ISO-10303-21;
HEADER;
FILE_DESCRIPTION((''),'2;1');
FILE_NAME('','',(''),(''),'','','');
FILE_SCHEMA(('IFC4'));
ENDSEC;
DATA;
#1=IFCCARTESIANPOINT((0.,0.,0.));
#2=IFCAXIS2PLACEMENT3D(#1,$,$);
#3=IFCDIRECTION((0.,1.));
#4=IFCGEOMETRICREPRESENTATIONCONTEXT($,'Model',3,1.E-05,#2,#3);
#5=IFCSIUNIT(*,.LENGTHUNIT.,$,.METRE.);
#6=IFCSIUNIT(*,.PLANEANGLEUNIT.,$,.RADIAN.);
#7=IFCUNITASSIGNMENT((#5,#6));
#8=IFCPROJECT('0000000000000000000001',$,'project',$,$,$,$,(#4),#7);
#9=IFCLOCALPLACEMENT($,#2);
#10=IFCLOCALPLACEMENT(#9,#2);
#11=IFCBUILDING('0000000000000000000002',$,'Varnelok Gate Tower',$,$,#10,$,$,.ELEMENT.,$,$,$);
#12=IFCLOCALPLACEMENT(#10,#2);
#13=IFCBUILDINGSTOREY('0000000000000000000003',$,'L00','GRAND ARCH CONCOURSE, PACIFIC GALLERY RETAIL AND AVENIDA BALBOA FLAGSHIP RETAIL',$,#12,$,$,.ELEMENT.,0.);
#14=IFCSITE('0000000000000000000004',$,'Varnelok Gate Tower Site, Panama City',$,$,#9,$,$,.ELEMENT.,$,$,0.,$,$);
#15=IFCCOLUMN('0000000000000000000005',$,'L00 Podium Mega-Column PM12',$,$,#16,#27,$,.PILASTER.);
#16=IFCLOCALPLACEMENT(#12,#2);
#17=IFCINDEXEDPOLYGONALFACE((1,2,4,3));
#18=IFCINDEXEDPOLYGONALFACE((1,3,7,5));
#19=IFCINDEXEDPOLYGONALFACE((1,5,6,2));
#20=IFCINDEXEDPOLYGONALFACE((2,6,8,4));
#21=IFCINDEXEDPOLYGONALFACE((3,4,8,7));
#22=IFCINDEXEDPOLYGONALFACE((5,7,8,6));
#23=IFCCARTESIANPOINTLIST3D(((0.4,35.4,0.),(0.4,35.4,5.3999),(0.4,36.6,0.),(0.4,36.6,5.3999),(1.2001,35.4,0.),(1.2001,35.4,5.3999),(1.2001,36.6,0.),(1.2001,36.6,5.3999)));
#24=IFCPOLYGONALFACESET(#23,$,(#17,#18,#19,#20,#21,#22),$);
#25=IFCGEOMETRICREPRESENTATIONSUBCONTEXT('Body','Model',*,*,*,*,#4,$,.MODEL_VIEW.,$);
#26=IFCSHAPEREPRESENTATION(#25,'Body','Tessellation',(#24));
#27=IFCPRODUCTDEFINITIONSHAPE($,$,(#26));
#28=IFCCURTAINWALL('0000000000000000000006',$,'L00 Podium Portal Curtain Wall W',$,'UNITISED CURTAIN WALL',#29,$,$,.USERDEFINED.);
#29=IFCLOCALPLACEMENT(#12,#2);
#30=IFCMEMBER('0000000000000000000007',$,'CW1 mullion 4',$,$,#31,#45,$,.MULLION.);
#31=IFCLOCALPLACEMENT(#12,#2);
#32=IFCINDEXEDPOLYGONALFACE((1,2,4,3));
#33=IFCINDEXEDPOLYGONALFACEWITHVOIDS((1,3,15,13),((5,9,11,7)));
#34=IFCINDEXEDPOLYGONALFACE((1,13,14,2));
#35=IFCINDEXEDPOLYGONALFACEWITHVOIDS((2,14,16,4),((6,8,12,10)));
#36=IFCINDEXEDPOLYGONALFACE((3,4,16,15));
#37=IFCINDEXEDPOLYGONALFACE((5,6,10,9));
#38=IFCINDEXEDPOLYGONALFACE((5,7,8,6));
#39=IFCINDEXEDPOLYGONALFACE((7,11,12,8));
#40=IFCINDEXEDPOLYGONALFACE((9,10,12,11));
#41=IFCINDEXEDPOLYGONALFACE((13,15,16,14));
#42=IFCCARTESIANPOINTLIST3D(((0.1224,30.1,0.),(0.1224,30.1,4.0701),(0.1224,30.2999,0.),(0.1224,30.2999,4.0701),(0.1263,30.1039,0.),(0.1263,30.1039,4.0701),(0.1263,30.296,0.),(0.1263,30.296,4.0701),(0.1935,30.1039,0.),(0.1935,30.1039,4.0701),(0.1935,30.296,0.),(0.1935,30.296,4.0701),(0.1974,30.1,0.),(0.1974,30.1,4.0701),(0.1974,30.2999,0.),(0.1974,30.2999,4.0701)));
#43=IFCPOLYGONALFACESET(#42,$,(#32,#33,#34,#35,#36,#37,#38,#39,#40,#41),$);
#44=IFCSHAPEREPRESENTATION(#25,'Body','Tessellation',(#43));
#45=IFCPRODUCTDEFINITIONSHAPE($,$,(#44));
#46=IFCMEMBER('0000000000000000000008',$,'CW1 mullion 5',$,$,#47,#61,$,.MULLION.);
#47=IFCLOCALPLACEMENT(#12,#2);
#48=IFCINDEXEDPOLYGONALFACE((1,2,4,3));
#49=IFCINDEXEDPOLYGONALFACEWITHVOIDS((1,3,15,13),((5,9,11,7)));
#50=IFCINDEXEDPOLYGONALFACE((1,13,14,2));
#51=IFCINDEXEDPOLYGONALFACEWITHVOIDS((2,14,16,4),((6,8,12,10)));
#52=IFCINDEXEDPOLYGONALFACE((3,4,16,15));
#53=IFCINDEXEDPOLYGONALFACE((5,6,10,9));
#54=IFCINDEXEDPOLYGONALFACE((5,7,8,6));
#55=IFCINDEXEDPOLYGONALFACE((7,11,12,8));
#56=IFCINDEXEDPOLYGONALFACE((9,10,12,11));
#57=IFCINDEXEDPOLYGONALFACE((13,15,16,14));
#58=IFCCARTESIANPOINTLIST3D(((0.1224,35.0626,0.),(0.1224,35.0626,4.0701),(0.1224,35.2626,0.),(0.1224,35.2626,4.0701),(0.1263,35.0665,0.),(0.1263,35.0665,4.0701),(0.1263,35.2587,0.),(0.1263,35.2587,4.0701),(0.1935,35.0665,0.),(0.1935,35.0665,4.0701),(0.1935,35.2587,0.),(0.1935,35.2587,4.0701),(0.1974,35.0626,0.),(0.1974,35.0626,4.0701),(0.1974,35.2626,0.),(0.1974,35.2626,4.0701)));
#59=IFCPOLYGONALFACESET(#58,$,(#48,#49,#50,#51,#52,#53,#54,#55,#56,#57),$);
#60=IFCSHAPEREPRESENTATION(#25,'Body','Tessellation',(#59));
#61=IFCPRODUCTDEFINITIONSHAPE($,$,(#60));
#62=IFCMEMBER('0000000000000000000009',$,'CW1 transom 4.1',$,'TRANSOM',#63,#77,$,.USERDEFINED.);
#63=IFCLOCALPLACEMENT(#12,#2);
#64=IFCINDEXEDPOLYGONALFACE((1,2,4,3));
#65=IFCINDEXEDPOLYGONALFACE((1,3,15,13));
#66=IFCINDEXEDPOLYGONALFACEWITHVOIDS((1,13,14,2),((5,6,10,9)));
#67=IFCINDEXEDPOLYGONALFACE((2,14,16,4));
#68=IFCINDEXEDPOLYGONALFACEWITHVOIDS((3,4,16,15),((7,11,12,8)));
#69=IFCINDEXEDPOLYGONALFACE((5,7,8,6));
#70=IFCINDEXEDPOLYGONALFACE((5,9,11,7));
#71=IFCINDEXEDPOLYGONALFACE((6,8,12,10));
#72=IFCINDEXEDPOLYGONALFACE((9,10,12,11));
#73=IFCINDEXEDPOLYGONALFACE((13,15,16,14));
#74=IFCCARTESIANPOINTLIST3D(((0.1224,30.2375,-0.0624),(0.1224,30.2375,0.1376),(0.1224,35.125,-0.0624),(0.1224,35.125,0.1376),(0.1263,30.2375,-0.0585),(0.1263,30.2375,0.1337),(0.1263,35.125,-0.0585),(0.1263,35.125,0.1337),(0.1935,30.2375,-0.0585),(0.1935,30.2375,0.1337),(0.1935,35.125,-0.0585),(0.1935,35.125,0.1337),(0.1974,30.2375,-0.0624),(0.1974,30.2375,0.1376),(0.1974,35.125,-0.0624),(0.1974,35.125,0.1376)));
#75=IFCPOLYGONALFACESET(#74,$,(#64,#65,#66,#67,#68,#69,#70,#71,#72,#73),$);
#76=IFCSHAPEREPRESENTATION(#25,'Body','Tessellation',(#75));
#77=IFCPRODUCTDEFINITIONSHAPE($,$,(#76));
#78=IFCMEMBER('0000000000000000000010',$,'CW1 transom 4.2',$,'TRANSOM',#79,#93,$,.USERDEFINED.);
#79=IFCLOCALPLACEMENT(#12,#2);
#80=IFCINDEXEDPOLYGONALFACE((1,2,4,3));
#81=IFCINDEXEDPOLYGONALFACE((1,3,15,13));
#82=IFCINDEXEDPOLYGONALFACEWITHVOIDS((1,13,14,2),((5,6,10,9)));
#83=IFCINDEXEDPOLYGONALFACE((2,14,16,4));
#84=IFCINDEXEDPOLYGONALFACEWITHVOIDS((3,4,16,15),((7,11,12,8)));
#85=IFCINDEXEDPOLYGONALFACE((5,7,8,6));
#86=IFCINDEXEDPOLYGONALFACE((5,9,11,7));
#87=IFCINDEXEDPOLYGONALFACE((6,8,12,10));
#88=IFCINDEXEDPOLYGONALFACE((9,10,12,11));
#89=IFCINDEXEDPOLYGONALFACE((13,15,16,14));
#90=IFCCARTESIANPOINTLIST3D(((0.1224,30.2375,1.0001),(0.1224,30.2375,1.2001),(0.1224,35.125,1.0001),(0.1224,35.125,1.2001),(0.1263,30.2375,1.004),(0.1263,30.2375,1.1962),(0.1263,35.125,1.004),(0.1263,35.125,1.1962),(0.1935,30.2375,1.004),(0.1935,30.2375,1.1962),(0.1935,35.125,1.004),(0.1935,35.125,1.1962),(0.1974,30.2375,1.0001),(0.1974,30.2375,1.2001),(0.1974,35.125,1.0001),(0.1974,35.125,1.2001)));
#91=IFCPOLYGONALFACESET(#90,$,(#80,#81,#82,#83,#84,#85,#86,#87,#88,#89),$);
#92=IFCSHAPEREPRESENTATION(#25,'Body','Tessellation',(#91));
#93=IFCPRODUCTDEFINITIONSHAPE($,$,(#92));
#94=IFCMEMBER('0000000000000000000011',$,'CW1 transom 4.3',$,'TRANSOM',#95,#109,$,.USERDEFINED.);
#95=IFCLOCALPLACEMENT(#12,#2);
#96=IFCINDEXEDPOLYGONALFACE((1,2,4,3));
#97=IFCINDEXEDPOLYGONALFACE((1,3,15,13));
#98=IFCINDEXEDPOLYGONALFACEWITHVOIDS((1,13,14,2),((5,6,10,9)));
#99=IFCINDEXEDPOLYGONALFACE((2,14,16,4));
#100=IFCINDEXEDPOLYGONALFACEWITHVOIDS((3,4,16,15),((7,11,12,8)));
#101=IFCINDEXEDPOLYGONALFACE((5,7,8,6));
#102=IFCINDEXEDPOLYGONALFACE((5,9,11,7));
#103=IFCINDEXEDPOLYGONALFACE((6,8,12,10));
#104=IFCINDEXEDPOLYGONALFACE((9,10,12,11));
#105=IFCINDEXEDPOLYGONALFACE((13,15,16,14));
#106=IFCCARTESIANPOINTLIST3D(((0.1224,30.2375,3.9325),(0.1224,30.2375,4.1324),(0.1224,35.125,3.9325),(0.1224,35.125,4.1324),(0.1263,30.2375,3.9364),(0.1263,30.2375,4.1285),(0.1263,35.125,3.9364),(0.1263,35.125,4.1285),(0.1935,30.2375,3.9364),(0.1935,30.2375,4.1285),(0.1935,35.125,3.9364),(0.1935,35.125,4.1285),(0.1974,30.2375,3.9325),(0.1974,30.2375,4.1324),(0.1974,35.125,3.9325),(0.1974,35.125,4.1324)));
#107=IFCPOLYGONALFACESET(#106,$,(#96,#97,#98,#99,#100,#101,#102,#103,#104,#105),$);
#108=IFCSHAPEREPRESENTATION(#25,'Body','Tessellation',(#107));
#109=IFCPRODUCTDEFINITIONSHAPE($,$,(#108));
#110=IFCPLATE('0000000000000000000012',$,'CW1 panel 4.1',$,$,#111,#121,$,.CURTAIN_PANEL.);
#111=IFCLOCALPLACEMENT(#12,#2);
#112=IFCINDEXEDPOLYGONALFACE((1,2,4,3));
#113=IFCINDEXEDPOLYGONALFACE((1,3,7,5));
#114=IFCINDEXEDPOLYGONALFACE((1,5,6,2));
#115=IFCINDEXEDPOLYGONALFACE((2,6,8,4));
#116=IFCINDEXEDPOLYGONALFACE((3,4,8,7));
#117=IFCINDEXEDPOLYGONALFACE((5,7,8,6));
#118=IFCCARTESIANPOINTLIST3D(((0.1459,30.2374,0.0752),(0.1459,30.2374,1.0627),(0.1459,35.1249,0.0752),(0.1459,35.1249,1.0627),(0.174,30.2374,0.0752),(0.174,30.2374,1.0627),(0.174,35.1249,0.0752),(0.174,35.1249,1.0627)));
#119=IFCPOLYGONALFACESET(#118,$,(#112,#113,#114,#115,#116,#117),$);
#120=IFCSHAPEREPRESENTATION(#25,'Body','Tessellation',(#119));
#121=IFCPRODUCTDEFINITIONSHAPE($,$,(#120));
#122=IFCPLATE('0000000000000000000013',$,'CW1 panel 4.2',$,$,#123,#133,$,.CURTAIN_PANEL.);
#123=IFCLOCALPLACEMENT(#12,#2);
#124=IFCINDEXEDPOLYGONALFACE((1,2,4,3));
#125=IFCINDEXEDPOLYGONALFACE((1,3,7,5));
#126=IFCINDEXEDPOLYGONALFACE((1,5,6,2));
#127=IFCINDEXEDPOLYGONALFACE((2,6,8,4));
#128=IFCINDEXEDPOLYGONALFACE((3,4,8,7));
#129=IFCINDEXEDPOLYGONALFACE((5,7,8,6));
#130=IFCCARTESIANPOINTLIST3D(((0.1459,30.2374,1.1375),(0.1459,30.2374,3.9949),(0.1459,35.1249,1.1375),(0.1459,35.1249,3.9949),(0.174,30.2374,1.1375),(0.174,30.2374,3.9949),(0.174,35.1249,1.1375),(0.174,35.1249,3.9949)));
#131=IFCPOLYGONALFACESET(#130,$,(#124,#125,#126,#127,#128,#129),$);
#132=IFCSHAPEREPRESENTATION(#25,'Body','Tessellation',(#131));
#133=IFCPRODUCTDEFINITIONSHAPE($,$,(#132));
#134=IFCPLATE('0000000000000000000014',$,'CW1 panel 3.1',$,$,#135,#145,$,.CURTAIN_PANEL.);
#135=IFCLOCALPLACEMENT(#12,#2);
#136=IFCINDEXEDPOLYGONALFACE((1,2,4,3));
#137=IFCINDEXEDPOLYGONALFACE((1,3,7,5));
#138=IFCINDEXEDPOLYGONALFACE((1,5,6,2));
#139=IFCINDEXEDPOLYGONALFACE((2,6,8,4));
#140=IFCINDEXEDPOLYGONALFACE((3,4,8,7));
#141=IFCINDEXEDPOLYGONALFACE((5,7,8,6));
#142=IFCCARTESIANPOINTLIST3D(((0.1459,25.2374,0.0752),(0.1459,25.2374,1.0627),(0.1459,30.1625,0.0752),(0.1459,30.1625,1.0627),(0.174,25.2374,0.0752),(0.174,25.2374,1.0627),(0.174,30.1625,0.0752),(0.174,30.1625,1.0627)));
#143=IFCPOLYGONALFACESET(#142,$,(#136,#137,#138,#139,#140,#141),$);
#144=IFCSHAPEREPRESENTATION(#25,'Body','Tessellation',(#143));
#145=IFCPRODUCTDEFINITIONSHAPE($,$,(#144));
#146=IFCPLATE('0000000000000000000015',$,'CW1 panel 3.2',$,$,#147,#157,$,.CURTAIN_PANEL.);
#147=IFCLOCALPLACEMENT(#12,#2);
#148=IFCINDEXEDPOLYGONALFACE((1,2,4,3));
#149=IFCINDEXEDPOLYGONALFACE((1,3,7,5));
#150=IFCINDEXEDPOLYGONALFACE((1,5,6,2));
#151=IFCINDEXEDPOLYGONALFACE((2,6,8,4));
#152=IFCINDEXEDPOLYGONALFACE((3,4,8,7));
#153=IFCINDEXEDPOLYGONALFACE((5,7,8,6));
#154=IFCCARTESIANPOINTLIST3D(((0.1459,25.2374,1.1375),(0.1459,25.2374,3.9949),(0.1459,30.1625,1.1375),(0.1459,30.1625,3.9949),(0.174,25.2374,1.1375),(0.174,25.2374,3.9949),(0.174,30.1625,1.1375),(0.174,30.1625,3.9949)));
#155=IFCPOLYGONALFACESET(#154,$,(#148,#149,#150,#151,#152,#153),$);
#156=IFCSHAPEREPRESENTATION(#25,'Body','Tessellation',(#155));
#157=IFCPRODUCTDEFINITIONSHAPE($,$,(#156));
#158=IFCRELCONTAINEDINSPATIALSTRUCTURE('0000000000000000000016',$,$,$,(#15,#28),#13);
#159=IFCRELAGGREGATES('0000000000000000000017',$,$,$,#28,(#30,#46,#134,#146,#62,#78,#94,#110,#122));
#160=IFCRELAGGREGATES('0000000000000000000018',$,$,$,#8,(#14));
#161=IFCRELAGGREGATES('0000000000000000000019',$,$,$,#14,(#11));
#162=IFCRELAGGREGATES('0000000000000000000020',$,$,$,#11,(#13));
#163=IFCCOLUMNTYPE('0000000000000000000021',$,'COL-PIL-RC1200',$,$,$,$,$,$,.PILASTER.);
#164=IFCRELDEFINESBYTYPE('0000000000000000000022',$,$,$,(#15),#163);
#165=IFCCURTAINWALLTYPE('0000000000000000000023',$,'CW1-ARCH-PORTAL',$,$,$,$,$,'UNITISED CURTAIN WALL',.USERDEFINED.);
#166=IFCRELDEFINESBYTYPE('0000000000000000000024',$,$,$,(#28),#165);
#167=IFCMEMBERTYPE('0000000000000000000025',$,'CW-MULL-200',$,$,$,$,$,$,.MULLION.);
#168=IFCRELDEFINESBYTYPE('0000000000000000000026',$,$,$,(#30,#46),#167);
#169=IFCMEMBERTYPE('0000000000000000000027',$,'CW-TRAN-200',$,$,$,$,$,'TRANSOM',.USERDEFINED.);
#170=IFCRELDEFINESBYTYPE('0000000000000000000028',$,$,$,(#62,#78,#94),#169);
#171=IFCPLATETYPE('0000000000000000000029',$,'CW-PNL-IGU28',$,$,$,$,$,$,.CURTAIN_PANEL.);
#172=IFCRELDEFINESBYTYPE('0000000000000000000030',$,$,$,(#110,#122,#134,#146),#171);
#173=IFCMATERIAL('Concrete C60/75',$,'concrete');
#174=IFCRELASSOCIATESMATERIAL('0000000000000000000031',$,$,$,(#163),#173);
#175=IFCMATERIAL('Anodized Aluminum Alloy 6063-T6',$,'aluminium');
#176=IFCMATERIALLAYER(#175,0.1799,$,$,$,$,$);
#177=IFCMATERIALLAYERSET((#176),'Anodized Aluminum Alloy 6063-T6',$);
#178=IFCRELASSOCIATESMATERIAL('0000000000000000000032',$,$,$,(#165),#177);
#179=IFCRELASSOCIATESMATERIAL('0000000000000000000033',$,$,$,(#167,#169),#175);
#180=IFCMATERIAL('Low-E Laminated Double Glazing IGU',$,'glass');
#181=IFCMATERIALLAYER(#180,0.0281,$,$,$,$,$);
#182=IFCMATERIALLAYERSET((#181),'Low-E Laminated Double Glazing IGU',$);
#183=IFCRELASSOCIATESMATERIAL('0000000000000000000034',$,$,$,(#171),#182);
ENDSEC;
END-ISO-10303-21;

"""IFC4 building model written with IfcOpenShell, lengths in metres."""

from ifc_helpers import new_model, si_unit, direction, frame, origin, origin_2d, place, context, subcontext, project, spatial, rectangle, hollow_rectangle, extrude, source, transform, mapped, material, layer, layer_set, material_profile, profile_set, type_object, element, aggregate, save


model = new_model("IFC4")

# Units and contexts
model_context = context("Model", 3, precision=1e-05, world=origin(), true_north=direction((0.0, 1.0)))
body_context = subcontext(model_context, "Body", "Model", "MODEL_VIEW")
ifc_project = project(units=[si_unit("LENGTHUNIT", "METRE"), si_unit("PLANEANGLEUNIT", "RADIAN")], contexts=[model_context])

# Site, building, storey
site_placement = place(None, origin())
site = spatial("IfcSite", under=ifc_project, at=site_placement, Name="Varnelok Gate Tower Site, Panama City", CompositionType="ELEMENT", RefElevation=0.0)
building_placement = place(site_placement, origin())
building = spatial("IfcBuilding", under=site, at=building_placement, Name="Varnelok Gate Tower", CompositionType="ELEMENT")
storey_placement = place(building_placement, origin())
storey = spatial("IfcBuildingStorey", under=building, at=storey_placement, Name="L00", Description="GRAND ARCH CONCOURSE, PACIFIC GALLERY RETAIL AND AVENIDA BALBOA FLAGSHIP RETAIL", CompositionType="ELEMENT", Elevation=0.0)

# Column
ifc_material_1 = material(Name="Concrete C60/75", Category="concrete")
ifc_material_profile_1 = material_profile(ifc_material_1, rectangle(XDim=0.8, YDim=1.2, at=origin_2d()), Name="RC1200X800")
ifc_profile_set_1 = profile_set([ifc_material_profile_1], Name="Concrete C60/75")
column_type = type_object("IfcColumnType", Name="COL-PIL-RC1200", PredefinedType="PILASTER", material=ifc_profile_set_1)
column_placement = place(storey_placement, frame((0.8, 36.0, 0.0), z_axis=(0.0, 0.0, 1.0), x_axis=(1.0, 0.0, 0.0)))
element("IfcColumn", 1, at=column_placement, inside=storey, type_object=column_type, Name="L00 Podium Mega-Column PM12", PredefinedType="PILASTER", context=body_context, shape_type="SweptSolid", body=[
    extrude(rectangle(XDim=0.8, YDim=1.2, at=origin_2d()), origin(), (0.0, 0.0, 1.0), 5.3999),
])

# Curtain wall, members, plates
ifc_material_2 = material(Name="Anodized Aluminum Alloy 6063-T6", Category="aluminium")
ifc_layer_1 = layer(ifc_material_2, 0.1799)
ifc_layer_set_1 = layer_set([ifc_layer_1], Name="Anodized Aluminum Alloy 6063-T6")
curtain_wall_type = type_object("IfcCurtainWallType", Name="CW1-ARCH-PORTAL", ElementType="UNITISED CURTAIN WALL", PredefinedType="USERDEFINED", material=ifc_layer_set_1)
curtain_wall_placement = place(storey_placement, origin())
curtain_wall = element("IfcCurtainWall", 2, at=curtain_wall_placement, inside=storey, type_object=curtain_wall_type, Name="L00 Podium Portal Curtain Wall W", ObjectType="UNITISED CURTAIN WALL", PredefinedType="USERDEFINED")
ifc_material_profile_2 = material_profile(ifc_material_2, hollow_rectangle(XDim=0.075, YDim=0.2, WallThickness=0.0039, at=origin_2d()), Name="ALU200X75X4")
ifc_profile_set_2 = profile_set([ifc_material_profile_2], Name="Anodized Aluminum Alloy 6063-T6")
member_type_1 = type_object("IfcMemberType", Name="CW-MULL-200", PredefinedType="MULLION", material=ifc_profile_set_2)
member_1_placement = place(storey_placement, frame((0.1599, 30.2, 0.0), z_axis=(0.0, 0.0, 1.0), x_axis=(-1.0, 0.0, 0.0)))
member_1 = element("IfcMember", 3, at=member_1_placement, type_object=member_type_1, Name="CW1 mullion 4", PredefinedType="MULLION", context=body_context, shape_type="SweptSolid", body=[
    extrude(hollow_rectangle(XDim=0.075, YDim=0.2, WallThickness=0.0039, at=origin_2d()), origin(), (0.0, 0.0, 1.0), 4.0701),
])
member_2_placement = place(storey_placement, frame((0.1599, 35.1626, 0.0), z_axis=(0.0, 0.0, 1.0), x_axis=(-1.0, 0.0, 0.0)))
member_2 = element("IfcMember", 4, at=member_2_placement, type_object=member_type_1, Name="CW1 mullion 5", PredefinedType="MULLION", context=body_context, shape_type="SweptSolid", body=[
    extrude(hollow_rectangle(XDim=0.075, YDim=0.2, WallThickness=0.0039, at=origin_2d()), origin(), (0.0, 0.0, 1.0), 4.0701),
])
ifc_material_profile_3 = material_profile(ifc_material_2, hollow_rectangle(XDim=0.075, YDim=0.2, WallThickness=0.0039, at=origin_2d()), Name="ALU200X75X4")
ifc_profile_set_3 = profile_set([ifc_material_profile_3], Name="Anodized Aluminum Alloy 6063-T6")
member_type_2 = type_object("IfcMemberType", Name="CW-TRAN-200", ElementType="TRANSOM", PredefinedType="USERDEFINED", material=ifc_profile_set_3)
member_3_placement = place(storey_placement, frame((0.1599, 30.2375, 0.0376), z_axis=(0.0, 1.0, 0.0), x_axis=(-1.0, 0.0, 0.0)))
member_3 = element("IfcMember", 5, at=member_3_placement, type_object=member_type_2, Name="CW1 transom 4.1", ObjectType="TRANSOM", PredefinedType="USERDEFINED", context=body_context, shape_type="SweptSolid", body=[
    extrude(hollow_rectangle(XDim=0.075, YDim=0.2, WallThickness=0.0039, at=origin_2d()), origin(), (0.0, 0.0, 1.0), 4.8875),
])
member_4_placement = place(storey_placement, frame((0.1599, 30.2375, 1.1001), z_axis=(0.0, 1.0, 0.0), x_axis=(-1.0, 0.0, 0.0)))
member_4 = element("IfcMember", 6, at=member_4_placement, type_object=member_type_2, Name="CW1 transom 4.2", ObjectType="TRANSOM", PredefinedType="USERDEFINED", context=body_context, shape_type="SweptSolid", body=[
    extrude(hollow_rectangle(XDim=0.075, YDim=0.2, WallThickness=0.0039, at=origin_2d()), origin(), (0.0, 0.0, 1.0), 4.8875),
])
member_5_placement = place(storey_placement, frame((0.1599, 30.2375, 4.0325), z_axis=(0.0, 1.0, 0.0), x_axis=(-1.0, 0.0, 0.0)))
member_5 = element("IfcMember", 7, at=member_5_placement, type_object=member_type_2, Name="CW1 transom 4.3", ObjectType="TRANSOM", PredefinedType="USERDEFINED", context=body_context, shape_type="SweptSolid", body=[
    extrude(hollow_rectangle(XDim=0.075, YDim=0.2, WallThickness=0.0039, at=origin_2d()), origin(), (0.0, 0.0, 1.0), 4.8875),
])
ifc_material_3 = material(Name="Low-E Laminated Double Glazing IGU", Category="glass")
ifc_layer_2 = layer(ifc_material_3, 0.0281)
ifc_layer_set_2 = layer_set([ifc_layer_2], Name="Low-E Laminated Double Glazing IGU")
plate_type = type_object("IfcPlateType", Name="CW-PNL-IGU28", PredefinedType="CURTAIN_PANEL", material=ifc_layer_set_2)
shared_shape_1 = source(origin(), body_context, "Body", "SweptSolid", [
    extrude(rectangle(XDim=4.8875, YDim=0.0281, at=origin_2d()), origin(), (0.0, 0.0, 1.0), 0.9875),
])
plate_1_placement = place(storey_placement, frame((0.1599, 32.6812, 0.0752), z_axis=(0.0, 0.0, 1.0), x_axis=(0.0, 1.0, 0.0)))
plate_1 = element("IfcPlate", 8, at=plate_1_placement, type_object=plate_type, Name="CW1 panel 4.1", PredefinedType="CURTAIN_PANEL", context=body_context, shape_type="MappedRepresentation", body=[
    mapped(shared_shape_1, transform((0.0, 0.0, 0.0), scale=1.0)),
])
shared_shape_2 = source(origin(), body_context, "Body", "SweptSolid", [
    extrude(rectangle(XDim=4.8875, YDim=0.0281, at=origin_2d()), origin(), (0.0, 0.0, 1.0), 2.8574),
])
plate_2_placement = place(storey_placement, frame((0.1599, 32.6812, 1.1375), z_axis=(0.0, 0.0, 1.0), x_axis=(0.0, 1.0, 0.0)))
plate_2 = element("IfcPlate", 9, at=plate_2_placement, type_object=plate_type, Name="CW1 panel 4.2", PredefinedType="CURTAIN_PANEL", context=body_context, shape_type="MappedRepresentation", body=[
    mapped(shared_shape_2, transform((0.0, 0.0, 0.0), scale=1.0)),
])
shared_shape_3 = source(origin(), body_context, "Body", "SweptSolid", [
    extrude(rectangle(XDim=4.925, YDim=0.0281, at=origin_2d()), origin(), (0.0, 0.0, 1.0), 0.9875),
])
plate_3_placement = place(storey_placement, frame((0.1599, 27.7, 0.0752), z_axis=(0.0, 0.0, 1.0), x_axis=(0.0, 1.0, 0.0)))
plate_3 = element("IfcPlate", 10, at=plate_3_placement, type_object=plate_type, Name="CW1 panel 3.1", PredefinedType="CURTAIN_PANEL", context=body_context, shape_type="MappedRepresentation", body=[
    mapped(shared_shape_3, transform((0.0, 0.0, 0.0), scale=1.0)),
])
shared_shape_4 = source(origin(), body_context, "Body", "SweptSolid", [
    extrude(rectangle(XDim=4.925, YDim=0.0281, at=origin_2d()), origin(), (0.0, 0.0, 1.0), 2.8574),
])
plate_4_placement = place(storey_placement, frame((0.1599, 27.7, 1.1375), z_axis=(0.0, 0.0, 1.0), x_axis=(0.0, 1.0, 0.0)))
plate_4 = element("IfcPlate", 11, at=plate_4_placement, type_object=plate_type, Name="CW1 panel 3.2", PredefinedType="CURTAIN_PANEL", context=body_context, shape_type="MappedRepresentation", body=[
    mapped(shared_shape_4, transform((0.0, 0.0, 0.0), scale=1.0)),
])
aggregate(curtain_wall, [member_1, member_2, plate_3, plate_4, member_3, member_4, member_5, plate_1, plate_2])

save(model, "model.ifc")
